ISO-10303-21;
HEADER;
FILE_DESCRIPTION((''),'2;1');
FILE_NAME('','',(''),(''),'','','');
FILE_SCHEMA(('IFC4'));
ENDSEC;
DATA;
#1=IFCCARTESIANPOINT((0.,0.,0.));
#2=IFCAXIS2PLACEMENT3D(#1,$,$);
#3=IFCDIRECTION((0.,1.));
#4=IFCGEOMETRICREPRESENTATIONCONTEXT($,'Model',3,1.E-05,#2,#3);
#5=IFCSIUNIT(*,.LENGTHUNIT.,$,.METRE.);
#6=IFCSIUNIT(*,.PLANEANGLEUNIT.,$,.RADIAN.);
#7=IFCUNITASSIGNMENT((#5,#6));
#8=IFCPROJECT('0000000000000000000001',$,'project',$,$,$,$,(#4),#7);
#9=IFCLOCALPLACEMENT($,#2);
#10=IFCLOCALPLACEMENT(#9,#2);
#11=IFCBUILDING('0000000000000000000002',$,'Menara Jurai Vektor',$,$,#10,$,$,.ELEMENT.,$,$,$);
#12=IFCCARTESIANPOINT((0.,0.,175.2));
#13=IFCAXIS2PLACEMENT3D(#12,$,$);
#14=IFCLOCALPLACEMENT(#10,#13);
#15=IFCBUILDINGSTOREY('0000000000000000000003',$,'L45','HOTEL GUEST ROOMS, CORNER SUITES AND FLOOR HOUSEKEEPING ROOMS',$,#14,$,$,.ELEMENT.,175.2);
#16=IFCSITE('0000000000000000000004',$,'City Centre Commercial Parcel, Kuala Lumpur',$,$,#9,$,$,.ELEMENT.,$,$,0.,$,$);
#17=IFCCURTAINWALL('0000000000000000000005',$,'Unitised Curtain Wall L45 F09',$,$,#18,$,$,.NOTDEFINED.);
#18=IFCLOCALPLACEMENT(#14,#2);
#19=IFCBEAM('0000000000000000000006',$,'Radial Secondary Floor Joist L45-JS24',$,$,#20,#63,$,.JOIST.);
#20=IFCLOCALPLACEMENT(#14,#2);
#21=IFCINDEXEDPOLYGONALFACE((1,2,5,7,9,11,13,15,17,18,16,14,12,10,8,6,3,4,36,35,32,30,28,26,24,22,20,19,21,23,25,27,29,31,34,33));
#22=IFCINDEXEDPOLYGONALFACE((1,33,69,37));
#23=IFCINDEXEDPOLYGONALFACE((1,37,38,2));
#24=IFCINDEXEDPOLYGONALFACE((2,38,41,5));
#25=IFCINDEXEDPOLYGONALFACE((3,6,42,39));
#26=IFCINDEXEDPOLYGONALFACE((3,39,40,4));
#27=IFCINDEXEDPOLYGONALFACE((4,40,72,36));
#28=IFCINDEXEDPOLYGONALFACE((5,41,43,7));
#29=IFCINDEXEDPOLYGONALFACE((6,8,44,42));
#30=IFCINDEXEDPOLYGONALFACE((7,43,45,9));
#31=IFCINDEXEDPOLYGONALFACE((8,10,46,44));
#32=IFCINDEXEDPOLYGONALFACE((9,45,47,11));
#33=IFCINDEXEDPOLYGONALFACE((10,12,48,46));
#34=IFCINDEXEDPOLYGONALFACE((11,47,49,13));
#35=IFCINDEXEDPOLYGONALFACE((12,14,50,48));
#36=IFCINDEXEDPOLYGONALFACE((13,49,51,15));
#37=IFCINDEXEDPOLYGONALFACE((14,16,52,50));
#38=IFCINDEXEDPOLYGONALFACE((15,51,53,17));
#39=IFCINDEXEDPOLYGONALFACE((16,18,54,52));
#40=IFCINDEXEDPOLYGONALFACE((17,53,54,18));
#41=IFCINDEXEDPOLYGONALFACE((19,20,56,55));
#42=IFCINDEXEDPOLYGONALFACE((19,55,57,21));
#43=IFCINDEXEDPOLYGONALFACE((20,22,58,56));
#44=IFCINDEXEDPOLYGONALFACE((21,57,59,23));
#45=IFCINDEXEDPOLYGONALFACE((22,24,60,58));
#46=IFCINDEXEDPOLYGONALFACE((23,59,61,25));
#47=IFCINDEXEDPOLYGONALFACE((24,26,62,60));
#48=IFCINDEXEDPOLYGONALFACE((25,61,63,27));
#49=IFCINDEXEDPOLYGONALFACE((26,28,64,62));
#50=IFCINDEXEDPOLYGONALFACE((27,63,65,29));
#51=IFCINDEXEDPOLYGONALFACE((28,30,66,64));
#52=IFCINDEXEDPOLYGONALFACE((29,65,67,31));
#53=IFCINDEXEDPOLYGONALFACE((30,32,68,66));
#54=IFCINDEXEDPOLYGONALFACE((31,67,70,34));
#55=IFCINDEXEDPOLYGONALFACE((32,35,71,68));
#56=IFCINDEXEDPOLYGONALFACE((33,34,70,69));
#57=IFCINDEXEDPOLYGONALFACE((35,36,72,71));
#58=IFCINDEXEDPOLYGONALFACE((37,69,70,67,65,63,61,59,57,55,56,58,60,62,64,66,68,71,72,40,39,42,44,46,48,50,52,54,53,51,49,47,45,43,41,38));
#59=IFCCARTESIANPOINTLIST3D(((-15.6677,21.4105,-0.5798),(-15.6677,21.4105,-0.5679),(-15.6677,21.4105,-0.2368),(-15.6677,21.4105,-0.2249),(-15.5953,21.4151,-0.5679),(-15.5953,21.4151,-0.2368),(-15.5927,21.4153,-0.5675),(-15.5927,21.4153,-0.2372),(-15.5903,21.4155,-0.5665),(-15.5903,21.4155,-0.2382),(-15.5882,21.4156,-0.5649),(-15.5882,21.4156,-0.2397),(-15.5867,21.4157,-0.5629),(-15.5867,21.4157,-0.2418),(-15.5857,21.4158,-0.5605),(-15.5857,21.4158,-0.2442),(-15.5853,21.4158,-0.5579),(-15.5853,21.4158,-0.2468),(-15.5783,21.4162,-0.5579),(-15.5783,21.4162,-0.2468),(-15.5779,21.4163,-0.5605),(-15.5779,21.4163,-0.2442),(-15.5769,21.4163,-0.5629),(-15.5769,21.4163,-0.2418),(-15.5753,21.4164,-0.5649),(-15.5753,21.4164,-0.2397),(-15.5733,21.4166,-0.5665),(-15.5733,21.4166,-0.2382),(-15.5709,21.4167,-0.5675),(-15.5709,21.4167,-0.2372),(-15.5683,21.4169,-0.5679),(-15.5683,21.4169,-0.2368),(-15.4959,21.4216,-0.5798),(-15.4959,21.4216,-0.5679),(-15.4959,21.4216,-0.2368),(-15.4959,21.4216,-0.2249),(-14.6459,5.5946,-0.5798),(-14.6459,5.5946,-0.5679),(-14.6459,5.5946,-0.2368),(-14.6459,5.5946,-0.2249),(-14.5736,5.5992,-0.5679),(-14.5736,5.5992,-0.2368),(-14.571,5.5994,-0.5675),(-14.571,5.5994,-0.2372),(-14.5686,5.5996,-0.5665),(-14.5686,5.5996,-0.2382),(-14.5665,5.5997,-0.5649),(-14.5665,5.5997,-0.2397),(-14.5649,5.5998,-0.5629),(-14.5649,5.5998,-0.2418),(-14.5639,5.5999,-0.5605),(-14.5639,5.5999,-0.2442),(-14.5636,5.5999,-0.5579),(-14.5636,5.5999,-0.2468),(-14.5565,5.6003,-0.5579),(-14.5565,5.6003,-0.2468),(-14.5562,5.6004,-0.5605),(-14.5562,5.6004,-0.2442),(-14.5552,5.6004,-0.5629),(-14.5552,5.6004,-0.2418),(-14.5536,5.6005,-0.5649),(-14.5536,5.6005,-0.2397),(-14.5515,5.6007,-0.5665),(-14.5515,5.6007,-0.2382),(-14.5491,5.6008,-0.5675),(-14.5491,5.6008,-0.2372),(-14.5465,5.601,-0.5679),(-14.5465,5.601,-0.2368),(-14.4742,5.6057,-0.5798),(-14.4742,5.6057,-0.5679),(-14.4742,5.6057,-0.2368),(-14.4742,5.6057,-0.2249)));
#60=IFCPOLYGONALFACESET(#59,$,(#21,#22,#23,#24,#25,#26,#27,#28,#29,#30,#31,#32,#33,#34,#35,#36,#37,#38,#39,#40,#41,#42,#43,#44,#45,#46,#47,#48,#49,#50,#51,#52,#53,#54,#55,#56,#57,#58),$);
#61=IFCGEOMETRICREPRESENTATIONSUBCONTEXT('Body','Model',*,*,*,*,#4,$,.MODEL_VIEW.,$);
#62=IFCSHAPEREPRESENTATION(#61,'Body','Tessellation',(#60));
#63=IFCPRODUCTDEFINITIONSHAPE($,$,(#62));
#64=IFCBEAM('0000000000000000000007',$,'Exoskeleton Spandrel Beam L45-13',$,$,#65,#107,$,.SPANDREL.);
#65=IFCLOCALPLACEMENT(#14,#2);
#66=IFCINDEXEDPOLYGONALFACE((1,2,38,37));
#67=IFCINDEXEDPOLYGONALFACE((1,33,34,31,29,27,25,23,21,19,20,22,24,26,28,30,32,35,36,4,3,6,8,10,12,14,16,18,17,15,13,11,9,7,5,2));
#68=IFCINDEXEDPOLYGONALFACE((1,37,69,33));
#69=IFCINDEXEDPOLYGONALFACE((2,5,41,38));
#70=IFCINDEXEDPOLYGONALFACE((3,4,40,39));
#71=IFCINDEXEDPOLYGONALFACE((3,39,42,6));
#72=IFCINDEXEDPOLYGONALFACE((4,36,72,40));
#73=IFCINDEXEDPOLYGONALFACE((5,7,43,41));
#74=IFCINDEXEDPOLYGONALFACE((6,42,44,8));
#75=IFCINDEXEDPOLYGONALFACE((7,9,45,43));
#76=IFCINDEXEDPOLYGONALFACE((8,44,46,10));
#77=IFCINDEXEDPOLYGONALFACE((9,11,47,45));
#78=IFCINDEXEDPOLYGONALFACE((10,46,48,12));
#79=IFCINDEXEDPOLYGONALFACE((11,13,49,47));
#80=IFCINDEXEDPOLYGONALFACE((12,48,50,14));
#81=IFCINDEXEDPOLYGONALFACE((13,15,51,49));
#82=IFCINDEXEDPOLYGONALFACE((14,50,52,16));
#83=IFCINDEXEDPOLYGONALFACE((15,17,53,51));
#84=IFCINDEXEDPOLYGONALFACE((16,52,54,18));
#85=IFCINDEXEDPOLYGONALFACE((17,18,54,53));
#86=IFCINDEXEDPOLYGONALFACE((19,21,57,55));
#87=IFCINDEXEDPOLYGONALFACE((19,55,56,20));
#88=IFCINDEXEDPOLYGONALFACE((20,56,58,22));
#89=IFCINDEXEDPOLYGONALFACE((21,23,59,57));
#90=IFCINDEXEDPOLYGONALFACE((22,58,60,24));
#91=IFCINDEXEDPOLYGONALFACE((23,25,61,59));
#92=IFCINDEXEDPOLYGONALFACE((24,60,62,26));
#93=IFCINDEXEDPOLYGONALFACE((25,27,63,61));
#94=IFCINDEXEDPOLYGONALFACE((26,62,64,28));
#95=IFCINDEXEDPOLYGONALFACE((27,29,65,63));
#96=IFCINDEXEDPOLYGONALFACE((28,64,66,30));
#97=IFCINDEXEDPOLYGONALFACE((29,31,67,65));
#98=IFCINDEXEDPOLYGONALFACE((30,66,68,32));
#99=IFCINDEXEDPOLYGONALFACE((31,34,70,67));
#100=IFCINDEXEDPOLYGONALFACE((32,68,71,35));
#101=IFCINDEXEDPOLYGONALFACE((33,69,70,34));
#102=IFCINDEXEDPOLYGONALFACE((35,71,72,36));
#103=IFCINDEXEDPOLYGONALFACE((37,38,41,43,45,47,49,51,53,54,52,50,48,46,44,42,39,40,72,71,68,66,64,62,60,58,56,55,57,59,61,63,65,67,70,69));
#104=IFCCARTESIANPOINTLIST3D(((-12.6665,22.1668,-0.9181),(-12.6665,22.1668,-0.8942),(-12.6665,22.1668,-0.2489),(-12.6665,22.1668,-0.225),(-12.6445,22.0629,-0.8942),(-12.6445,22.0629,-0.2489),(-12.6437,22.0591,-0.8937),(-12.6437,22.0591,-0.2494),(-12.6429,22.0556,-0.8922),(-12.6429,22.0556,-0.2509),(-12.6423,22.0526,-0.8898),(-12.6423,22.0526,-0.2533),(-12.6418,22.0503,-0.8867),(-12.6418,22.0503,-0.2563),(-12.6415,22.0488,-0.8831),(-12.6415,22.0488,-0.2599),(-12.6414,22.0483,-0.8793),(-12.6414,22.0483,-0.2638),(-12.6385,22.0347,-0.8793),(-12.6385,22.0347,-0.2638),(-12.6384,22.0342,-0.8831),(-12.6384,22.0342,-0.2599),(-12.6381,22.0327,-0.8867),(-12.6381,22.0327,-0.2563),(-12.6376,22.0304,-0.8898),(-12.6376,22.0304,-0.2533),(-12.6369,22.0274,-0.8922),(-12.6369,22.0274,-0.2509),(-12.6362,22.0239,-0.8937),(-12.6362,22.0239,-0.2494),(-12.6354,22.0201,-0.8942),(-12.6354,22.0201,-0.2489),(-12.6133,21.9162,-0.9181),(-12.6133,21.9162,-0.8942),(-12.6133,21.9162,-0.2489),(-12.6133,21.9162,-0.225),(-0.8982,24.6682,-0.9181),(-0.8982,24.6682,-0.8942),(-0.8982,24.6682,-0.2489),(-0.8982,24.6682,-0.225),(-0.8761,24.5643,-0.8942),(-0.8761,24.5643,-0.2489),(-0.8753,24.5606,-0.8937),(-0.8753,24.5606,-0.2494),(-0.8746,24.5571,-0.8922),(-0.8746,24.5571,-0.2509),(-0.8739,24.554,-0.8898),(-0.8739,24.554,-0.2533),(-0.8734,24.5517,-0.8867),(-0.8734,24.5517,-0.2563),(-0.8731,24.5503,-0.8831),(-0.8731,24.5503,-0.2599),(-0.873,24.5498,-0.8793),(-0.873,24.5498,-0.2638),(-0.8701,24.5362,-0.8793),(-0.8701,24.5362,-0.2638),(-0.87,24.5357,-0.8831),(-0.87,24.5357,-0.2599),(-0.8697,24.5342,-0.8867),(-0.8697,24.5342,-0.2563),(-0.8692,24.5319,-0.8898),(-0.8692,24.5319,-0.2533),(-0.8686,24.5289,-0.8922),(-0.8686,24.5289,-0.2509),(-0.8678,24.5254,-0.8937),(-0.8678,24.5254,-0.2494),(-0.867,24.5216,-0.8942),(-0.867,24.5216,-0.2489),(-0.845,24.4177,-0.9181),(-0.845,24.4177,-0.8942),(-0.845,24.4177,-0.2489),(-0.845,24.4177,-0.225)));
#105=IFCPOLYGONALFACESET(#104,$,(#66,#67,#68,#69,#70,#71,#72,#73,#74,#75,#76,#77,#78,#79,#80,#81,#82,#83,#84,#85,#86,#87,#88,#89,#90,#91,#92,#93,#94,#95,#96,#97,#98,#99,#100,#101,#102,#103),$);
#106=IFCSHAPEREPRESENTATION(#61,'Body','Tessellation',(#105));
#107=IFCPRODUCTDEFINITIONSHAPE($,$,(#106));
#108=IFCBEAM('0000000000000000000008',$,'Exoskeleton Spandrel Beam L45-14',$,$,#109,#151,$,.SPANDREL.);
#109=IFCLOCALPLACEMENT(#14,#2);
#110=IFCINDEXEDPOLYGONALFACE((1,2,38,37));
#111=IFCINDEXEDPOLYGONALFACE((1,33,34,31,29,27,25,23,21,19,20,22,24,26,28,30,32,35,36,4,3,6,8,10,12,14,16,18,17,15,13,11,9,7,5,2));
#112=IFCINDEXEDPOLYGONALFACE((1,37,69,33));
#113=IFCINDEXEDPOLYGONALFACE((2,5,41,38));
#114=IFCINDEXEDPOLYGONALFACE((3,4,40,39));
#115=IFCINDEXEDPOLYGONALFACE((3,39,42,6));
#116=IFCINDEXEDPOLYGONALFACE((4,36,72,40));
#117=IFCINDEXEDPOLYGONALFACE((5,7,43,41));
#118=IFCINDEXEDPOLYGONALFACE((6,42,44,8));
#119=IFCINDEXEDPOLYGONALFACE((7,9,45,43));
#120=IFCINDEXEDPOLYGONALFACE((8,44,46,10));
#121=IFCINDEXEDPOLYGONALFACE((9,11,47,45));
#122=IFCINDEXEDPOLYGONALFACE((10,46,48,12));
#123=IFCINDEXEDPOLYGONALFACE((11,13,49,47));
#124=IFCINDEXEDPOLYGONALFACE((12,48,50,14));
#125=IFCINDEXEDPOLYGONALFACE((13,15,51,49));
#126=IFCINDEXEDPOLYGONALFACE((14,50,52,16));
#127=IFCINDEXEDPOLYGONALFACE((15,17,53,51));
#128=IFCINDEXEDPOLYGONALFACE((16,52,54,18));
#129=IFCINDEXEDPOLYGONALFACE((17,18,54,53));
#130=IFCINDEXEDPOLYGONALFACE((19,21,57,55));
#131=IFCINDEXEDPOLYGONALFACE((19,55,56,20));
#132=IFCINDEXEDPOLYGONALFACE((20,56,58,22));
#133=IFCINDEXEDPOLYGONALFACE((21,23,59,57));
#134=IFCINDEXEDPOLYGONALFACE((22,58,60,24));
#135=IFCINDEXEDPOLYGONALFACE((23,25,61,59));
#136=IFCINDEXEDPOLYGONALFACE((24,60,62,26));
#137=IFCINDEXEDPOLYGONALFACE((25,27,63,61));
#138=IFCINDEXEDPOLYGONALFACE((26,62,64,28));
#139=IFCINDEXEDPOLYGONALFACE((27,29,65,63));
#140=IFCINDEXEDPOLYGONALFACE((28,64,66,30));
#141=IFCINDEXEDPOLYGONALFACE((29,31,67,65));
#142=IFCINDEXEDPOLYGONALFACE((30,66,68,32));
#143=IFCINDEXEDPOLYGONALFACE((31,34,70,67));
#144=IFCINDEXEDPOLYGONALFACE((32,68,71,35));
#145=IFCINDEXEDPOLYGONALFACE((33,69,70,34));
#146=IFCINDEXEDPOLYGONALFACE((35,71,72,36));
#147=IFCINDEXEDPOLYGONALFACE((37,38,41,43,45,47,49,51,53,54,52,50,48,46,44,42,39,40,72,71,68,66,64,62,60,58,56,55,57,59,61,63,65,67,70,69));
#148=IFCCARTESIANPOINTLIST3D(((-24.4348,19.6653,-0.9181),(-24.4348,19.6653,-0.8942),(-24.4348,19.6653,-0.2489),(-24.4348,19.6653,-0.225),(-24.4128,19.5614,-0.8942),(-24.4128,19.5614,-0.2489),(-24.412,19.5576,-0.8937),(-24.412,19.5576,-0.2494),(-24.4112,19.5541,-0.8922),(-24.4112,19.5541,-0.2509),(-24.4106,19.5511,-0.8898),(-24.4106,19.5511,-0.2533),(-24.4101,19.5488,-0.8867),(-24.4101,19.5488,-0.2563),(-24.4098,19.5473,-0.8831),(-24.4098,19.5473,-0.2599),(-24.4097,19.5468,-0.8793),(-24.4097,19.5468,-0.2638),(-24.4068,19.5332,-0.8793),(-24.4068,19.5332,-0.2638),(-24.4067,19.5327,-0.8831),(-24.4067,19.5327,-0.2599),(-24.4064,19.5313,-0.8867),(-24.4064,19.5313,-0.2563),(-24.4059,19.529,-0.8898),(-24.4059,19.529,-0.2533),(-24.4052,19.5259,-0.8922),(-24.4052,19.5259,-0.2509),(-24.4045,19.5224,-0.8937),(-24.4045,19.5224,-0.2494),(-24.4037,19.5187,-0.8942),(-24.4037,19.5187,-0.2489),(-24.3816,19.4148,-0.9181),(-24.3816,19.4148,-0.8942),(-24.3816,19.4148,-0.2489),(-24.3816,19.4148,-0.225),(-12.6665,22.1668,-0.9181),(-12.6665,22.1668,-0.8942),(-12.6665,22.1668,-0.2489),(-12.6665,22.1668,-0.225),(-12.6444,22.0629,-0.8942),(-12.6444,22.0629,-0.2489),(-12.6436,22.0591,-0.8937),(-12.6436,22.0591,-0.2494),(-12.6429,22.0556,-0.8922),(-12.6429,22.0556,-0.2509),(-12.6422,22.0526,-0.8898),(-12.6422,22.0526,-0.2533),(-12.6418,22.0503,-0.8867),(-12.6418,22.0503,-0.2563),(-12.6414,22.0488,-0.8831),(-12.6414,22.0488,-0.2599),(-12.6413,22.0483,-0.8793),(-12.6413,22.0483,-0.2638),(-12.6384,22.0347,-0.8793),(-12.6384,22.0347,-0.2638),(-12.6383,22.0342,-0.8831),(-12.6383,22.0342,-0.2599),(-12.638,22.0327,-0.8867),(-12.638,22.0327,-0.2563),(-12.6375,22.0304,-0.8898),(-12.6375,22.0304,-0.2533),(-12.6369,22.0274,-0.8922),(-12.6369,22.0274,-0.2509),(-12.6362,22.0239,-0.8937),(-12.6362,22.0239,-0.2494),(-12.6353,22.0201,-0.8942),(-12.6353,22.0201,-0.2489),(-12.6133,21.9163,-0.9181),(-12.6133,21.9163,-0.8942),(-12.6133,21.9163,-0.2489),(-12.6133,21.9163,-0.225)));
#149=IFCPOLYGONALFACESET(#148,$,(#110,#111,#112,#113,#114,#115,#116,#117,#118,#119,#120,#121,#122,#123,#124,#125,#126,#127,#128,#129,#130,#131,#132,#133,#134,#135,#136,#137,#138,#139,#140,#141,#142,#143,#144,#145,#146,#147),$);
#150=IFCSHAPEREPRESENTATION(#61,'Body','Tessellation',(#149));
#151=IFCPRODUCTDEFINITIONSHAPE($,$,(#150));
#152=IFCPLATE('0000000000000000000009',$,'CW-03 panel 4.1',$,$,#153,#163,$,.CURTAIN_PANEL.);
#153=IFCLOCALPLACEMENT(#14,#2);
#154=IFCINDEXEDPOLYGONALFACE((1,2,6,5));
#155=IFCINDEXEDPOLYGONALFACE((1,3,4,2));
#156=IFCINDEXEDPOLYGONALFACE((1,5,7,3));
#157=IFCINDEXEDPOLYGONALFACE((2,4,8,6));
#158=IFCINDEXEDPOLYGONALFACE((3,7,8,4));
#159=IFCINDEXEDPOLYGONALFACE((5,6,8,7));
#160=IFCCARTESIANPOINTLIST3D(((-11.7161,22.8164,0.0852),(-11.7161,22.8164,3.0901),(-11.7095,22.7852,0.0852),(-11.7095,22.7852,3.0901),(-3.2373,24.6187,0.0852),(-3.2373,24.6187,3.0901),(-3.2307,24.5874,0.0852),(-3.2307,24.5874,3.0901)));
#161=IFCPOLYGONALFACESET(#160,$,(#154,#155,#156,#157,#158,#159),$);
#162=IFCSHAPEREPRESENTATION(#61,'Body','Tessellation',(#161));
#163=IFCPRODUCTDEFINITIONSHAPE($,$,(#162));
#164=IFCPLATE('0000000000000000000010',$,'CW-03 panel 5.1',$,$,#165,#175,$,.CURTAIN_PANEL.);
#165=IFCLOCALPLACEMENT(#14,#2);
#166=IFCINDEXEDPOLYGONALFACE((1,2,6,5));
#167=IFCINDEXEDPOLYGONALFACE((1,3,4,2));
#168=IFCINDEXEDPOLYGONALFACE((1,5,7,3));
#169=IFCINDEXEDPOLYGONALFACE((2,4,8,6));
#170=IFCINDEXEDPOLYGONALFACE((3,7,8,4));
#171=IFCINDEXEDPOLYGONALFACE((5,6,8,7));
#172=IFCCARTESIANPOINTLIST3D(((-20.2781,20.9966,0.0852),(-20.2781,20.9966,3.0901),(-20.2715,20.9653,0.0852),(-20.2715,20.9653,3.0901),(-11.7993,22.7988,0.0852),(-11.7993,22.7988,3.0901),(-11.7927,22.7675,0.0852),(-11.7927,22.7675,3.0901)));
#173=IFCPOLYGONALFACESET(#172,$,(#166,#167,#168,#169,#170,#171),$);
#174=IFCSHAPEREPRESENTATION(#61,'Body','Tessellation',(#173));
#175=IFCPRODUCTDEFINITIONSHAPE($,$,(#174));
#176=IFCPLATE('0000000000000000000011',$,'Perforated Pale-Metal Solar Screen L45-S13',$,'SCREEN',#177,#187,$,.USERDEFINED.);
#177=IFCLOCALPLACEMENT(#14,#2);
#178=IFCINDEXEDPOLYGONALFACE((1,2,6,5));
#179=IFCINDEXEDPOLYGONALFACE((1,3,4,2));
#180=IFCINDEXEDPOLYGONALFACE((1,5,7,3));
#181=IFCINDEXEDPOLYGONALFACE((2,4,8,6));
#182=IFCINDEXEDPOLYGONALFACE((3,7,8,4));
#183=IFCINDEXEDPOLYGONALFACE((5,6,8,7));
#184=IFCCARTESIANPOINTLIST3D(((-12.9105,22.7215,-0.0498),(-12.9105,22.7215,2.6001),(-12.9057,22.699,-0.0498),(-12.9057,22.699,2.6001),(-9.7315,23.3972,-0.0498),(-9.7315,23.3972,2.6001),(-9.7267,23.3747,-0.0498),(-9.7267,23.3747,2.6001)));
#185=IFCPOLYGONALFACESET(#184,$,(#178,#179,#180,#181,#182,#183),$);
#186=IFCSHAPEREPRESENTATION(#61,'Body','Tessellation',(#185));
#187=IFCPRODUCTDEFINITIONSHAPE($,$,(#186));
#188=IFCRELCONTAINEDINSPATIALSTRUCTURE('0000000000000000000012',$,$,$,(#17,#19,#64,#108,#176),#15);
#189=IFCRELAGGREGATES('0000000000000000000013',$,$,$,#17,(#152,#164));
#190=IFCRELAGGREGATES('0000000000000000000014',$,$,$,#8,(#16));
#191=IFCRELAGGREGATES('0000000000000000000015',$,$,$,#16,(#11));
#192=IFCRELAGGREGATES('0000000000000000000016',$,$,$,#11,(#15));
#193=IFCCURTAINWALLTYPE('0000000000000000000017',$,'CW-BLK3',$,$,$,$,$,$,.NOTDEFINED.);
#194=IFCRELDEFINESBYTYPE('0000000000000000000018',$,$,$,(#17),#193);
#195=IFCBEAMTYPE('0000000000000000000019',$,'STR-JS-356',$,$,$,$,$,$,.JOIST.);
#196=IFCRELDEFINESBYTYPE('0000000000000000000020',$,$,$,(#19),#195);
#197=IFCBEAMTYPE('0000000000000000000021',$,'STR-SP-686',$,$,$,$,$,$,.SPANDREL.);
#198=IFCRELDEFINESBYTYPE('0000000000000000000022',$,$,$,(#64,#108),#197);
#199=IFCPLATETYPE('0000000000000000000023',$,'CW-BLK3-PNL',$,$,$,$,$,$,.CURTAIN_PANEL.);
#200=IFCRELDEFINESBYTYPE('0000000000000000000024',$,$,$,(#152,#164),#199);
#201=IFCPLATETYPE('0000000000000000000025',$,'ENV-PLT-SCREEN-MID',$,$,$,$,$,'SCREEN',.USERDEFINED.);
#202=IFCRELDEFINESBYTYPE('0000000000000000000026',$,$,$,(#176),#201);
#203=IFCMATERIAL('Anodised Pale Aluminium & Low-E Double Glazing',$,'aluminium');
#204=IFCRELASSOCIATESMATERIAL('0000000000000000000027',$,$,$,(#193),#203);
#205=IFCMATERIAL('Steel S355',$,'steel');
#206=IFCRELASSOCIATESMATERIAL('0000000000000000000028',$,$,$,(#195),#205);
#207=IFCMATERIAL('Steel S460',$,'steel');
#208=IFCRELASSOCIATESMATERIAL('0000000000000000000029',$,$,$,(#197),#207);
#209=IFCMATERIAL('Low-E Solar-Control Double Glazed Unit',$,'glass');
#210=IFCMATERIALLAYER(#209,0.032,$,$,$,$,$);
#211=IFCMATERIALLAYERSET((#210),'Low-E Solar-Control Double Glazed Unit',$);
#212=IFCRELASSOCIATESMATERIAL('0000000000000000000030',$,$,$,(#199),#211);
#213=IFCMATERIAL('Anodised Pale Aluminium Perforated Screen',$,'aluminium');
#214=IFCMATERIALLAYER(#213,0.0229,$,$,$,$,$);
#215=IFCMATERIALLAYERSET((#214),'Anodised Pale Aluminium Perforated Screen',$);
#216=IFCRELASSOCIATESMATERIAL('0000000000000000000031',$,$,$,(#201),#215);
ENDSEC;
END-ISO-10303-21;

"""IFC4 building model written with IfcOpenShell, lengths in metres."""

from ifc_helpers import new_model, si_unit, direction, frame, origin, origin_2d, place, context, subcontext, project, spatial, rectangle, i_section, extrude, material, layer, layer_set, material_profile, profile_set, type_object, element, aggregate, save


model = new_model("IFC4")

# Units and contexts
model_context = context("Model", 3, precision=1e-05, world=origin(), true_north=direction((0.0, 1.0)))
body_context = subcontext(model_context, "Body", "Model", "MODEL_VIEW")
ifc_project = project(units=[si_unit("LENGTHUNIT", "METRE"), si_unit("PLANEANGLEUNIT", "RADIAN")], contexts=[model_context])

# Site, building, storey
site_placement = place(None, origin())
site = spatial("IfcSite", under=ifc_project, at=site_placement, Name="City Centre Commercial Parcel, Kuala Lumpur", CompositionType="ELEMENT", RefElevation=0.0)
building_placement = place(site_placement, origin())
building = spatial("IfcBuilding", under=site, at=building_placement, Name="Menara Jurai Vektor", CompositionType="ELEMENT")
storey_placement = place(building_placement, frame((0.0, 0.0, 175.2)))
storey = spatial("IfcBuildingStorey", under=building, at=storey_placement, Name="L45", Description="HOTEL GUEST ROOMS, CORNER SUITES AND FLOOR HOUSEKEEPING ROOMS", CompositionType="ELEMENT", Elevation=175.2)

# Shared definitions
ifc_material_1 = material(Name="Steel S460", Category="steel")

# Curtain wall
ifc_material_2 = material(Name="Anodised Pale Aluminium & Low-E Double Glazing", Category="aluminium")
curtain_wall_type = type_object("IfcCurtainWallType", Name="CW-BLK3", PredefinedType="NOTDEFINED", material=ifc_material_2)
curtain_wall_placement = place(storey_placement, origin())
curtain_wall = element("IfcCurtainWall", 1, at=curtain_wall_placement, inside=storey, type_object=curtain_wall_type, Name="Unitised Curtain Wall L45 F09", PredefinedType="NOTDEFINED")

# Beams
ifc_material_3 = material(Name="Steel S355", Category="steel")
ifc_material_profile_1 = material_profile(ifc_material_3, i_section(OverallWidth=0.1721, OverallDepth=0.355, WebThickness=0.0071, FlangeThickness=0.012, FilletRadius=0.01, at=origin_2d()), Name="UKB 356x171x51")
ifc_profile_set_1 = profile_set([ifc_material_profile_1], Name="Steel S355")
beam_type_1 = type_object("IfcBeamType", Name="STR-JS-356", PredefinedType="JOIST", material=ifc_profile_set_1)
beam_1_placement = place(storey_placement, frame((-15.5818, 21.416, -0.4023), z_axis=(0.064467, -0.99792, 0.0), x_axis=(0.99792, 0.064467, 0.0)))
element("IfcBeam", 2, at=beam_1_placement, inside=storey, type_object=beam_type_1, Name="Radial Secondary Floor Joist L45-JS24", PredefinedType="JOIST", context=body_context, shape_type="SweptSolid", body=[
    extrude(i_section(OverallWidth=0.1721, OverallDepth=0.355, WebThickness=0.0071, FlangeThickness=0.012, FilletRadius=0.01, at=origin_2d()), origin(), (0.0, 0.0, 1.0), 15.8489),
])
ifc_material_profile_2 = material_profile(ifc_material_1, i_section(OverallWidth=0.2561, OverallDepth=0.6931, WebThickness=0.0139, FlangeThickness=0.0239, FilletRadius=0.0149, at=origin_2d()), Name="UKB 686x254x170")
ifc_profile_set_2 = profile_set([ifc_material_profile_2], Name="Steel S460")
beam_type_2 = type_object("IfcBeamType", Name="STR-SP-686", PredefinedType="SPANDREL", material=ifc_profile_set_2)
for number, where, z_axis, x_axis, name in (
    (3, (-0.8716, 24.543, -0.5715), (-0.978147, -0.207914, 0.0), (0.207914, -0.978147, 0.0), "Exoskeleton Spandrel Beam L45-13"),
    (4, (-12.6399, 22.0415, -0.5715), (-0.978147, -0.207914, 0.0), (0.207914, -0.978147, 0.0), "Exoskeleton Spandrel Beam L45-14"),
):
    element("IfcBeam", number, at=place(storey_placement, frame(where, z_axis=z_axis, x_axis=x_axis)), inside=storey, type_object=beam_type_2, Name=name, PredefinedType="SPANDREL", context=body_context, shape_type="SweptSolid", body=[
        extrude(i_section(OverallWidth=0.2561, OverallDepth=0.6931, WebThickness=0.0139, FlangeThickness=0.0239, FilletRadius=0.0149, at=origin_2d()), origin(), (0.0, 0.0, 1.0), 12.0312),
    ])

# Plates
ifc_material_4 = material(Name="Low-E Solar-Control Double Glazed Unit", Category="glass")
ifc_layer_1 = layer(ifc_material_4, 0.032)
ifc_layer_set_1 = layer_set([ifc_layer_1], Name="Low-E Solar-Control Double Glazed Unit")
plate_type_1 = type_object("IfcPlateType", Name="CW-BLK3-PNL", PredefinedType="CURTAIN_PANEL", material=ifc_layer_set_1)
plate_1_placement = place(storey_placement, frame((-7.4734, 23.7019, 0.0852), z_axis=(0.0, 0.0, 1.0), x_axis=(-0.978148, -0.207911, 0.0)))
plate_1 = element("IfcPlate", 5, at=plate_1_placement, type_object=plate_type_1, Name="CW-03 panel 4.1", PredefinedType="CURTAIN_PANEL", context=body_context, shape_type="SweptSolid", body=[
    extrude(rectangle(XDim=8.6682, YDim=0.032, at=origin_2d()), origin(), (0.0, 0.0, 1.0), 3.0049),
])
plate_2_placement = place(storey_placement, frame((-16.0354, 21.8821, 0.0852), z_axis=(0.0, 0.0, 1.0), x_axis=(-0.978148, -0.207911, 0.0)))
plate_2 = element("IfcPlate", 6, at=plate_2_placement, type_object=plate_type_1, Name="CW-03 panel 5.1", PredefinedType="CURTAIN_PANEL", context=body_context, shape_type="SweptSolid", body=[
    extrude(rectangle(XDim=8.6682, YDim=0.032, at=origin_2d()), origin(), (0.0, 0.0, 1.0), 3.0049),
])
aggregate(curtain_wall, [plate_1, plate_2])
ifc_material_5 = material(Name="Anodised Pale Aluminium Perforated Screen", Category="aluminium")
ifc_layer_2 = layer(ifc_material_5, 0.0229)
ifc_layer_set_2 = layer_set([ifc_layer_2], Name="Anodised Pale Aluminium Perforated Screen")
plate_type_2 = type_object("IfcPlateType", Name="ENV-PLT-SCREEN-MID", ElementType="SCREEN", PredefinedType="USERDEFINED", material=ifc_layer_set_2)
plate_3_placement = place(storey_placement, frame((-11.3186, 23.0481, -0.0498), z_axis=(0.0, 0.0, 1.0), x_axis=(-0.978148, -0.207912, 0.0)))
element("IfcPlate", 7, at=plate_3_placement, inside=storey, type_object=plate_type_2, Name="Perforated Pale-Metal Solar Screen L45-S13", ObjectType="SCREEN", PredefinedType="USERDEFINED", context=body_context, shape_type="SweptSolid", body=[
    extrude(rectangle(XDim=3.25, YDim=0.0229, at=origin_2d()), origin(), (0.0, 0.0, 1.0), 2.6499),
])

save(model, "model.ifc")
